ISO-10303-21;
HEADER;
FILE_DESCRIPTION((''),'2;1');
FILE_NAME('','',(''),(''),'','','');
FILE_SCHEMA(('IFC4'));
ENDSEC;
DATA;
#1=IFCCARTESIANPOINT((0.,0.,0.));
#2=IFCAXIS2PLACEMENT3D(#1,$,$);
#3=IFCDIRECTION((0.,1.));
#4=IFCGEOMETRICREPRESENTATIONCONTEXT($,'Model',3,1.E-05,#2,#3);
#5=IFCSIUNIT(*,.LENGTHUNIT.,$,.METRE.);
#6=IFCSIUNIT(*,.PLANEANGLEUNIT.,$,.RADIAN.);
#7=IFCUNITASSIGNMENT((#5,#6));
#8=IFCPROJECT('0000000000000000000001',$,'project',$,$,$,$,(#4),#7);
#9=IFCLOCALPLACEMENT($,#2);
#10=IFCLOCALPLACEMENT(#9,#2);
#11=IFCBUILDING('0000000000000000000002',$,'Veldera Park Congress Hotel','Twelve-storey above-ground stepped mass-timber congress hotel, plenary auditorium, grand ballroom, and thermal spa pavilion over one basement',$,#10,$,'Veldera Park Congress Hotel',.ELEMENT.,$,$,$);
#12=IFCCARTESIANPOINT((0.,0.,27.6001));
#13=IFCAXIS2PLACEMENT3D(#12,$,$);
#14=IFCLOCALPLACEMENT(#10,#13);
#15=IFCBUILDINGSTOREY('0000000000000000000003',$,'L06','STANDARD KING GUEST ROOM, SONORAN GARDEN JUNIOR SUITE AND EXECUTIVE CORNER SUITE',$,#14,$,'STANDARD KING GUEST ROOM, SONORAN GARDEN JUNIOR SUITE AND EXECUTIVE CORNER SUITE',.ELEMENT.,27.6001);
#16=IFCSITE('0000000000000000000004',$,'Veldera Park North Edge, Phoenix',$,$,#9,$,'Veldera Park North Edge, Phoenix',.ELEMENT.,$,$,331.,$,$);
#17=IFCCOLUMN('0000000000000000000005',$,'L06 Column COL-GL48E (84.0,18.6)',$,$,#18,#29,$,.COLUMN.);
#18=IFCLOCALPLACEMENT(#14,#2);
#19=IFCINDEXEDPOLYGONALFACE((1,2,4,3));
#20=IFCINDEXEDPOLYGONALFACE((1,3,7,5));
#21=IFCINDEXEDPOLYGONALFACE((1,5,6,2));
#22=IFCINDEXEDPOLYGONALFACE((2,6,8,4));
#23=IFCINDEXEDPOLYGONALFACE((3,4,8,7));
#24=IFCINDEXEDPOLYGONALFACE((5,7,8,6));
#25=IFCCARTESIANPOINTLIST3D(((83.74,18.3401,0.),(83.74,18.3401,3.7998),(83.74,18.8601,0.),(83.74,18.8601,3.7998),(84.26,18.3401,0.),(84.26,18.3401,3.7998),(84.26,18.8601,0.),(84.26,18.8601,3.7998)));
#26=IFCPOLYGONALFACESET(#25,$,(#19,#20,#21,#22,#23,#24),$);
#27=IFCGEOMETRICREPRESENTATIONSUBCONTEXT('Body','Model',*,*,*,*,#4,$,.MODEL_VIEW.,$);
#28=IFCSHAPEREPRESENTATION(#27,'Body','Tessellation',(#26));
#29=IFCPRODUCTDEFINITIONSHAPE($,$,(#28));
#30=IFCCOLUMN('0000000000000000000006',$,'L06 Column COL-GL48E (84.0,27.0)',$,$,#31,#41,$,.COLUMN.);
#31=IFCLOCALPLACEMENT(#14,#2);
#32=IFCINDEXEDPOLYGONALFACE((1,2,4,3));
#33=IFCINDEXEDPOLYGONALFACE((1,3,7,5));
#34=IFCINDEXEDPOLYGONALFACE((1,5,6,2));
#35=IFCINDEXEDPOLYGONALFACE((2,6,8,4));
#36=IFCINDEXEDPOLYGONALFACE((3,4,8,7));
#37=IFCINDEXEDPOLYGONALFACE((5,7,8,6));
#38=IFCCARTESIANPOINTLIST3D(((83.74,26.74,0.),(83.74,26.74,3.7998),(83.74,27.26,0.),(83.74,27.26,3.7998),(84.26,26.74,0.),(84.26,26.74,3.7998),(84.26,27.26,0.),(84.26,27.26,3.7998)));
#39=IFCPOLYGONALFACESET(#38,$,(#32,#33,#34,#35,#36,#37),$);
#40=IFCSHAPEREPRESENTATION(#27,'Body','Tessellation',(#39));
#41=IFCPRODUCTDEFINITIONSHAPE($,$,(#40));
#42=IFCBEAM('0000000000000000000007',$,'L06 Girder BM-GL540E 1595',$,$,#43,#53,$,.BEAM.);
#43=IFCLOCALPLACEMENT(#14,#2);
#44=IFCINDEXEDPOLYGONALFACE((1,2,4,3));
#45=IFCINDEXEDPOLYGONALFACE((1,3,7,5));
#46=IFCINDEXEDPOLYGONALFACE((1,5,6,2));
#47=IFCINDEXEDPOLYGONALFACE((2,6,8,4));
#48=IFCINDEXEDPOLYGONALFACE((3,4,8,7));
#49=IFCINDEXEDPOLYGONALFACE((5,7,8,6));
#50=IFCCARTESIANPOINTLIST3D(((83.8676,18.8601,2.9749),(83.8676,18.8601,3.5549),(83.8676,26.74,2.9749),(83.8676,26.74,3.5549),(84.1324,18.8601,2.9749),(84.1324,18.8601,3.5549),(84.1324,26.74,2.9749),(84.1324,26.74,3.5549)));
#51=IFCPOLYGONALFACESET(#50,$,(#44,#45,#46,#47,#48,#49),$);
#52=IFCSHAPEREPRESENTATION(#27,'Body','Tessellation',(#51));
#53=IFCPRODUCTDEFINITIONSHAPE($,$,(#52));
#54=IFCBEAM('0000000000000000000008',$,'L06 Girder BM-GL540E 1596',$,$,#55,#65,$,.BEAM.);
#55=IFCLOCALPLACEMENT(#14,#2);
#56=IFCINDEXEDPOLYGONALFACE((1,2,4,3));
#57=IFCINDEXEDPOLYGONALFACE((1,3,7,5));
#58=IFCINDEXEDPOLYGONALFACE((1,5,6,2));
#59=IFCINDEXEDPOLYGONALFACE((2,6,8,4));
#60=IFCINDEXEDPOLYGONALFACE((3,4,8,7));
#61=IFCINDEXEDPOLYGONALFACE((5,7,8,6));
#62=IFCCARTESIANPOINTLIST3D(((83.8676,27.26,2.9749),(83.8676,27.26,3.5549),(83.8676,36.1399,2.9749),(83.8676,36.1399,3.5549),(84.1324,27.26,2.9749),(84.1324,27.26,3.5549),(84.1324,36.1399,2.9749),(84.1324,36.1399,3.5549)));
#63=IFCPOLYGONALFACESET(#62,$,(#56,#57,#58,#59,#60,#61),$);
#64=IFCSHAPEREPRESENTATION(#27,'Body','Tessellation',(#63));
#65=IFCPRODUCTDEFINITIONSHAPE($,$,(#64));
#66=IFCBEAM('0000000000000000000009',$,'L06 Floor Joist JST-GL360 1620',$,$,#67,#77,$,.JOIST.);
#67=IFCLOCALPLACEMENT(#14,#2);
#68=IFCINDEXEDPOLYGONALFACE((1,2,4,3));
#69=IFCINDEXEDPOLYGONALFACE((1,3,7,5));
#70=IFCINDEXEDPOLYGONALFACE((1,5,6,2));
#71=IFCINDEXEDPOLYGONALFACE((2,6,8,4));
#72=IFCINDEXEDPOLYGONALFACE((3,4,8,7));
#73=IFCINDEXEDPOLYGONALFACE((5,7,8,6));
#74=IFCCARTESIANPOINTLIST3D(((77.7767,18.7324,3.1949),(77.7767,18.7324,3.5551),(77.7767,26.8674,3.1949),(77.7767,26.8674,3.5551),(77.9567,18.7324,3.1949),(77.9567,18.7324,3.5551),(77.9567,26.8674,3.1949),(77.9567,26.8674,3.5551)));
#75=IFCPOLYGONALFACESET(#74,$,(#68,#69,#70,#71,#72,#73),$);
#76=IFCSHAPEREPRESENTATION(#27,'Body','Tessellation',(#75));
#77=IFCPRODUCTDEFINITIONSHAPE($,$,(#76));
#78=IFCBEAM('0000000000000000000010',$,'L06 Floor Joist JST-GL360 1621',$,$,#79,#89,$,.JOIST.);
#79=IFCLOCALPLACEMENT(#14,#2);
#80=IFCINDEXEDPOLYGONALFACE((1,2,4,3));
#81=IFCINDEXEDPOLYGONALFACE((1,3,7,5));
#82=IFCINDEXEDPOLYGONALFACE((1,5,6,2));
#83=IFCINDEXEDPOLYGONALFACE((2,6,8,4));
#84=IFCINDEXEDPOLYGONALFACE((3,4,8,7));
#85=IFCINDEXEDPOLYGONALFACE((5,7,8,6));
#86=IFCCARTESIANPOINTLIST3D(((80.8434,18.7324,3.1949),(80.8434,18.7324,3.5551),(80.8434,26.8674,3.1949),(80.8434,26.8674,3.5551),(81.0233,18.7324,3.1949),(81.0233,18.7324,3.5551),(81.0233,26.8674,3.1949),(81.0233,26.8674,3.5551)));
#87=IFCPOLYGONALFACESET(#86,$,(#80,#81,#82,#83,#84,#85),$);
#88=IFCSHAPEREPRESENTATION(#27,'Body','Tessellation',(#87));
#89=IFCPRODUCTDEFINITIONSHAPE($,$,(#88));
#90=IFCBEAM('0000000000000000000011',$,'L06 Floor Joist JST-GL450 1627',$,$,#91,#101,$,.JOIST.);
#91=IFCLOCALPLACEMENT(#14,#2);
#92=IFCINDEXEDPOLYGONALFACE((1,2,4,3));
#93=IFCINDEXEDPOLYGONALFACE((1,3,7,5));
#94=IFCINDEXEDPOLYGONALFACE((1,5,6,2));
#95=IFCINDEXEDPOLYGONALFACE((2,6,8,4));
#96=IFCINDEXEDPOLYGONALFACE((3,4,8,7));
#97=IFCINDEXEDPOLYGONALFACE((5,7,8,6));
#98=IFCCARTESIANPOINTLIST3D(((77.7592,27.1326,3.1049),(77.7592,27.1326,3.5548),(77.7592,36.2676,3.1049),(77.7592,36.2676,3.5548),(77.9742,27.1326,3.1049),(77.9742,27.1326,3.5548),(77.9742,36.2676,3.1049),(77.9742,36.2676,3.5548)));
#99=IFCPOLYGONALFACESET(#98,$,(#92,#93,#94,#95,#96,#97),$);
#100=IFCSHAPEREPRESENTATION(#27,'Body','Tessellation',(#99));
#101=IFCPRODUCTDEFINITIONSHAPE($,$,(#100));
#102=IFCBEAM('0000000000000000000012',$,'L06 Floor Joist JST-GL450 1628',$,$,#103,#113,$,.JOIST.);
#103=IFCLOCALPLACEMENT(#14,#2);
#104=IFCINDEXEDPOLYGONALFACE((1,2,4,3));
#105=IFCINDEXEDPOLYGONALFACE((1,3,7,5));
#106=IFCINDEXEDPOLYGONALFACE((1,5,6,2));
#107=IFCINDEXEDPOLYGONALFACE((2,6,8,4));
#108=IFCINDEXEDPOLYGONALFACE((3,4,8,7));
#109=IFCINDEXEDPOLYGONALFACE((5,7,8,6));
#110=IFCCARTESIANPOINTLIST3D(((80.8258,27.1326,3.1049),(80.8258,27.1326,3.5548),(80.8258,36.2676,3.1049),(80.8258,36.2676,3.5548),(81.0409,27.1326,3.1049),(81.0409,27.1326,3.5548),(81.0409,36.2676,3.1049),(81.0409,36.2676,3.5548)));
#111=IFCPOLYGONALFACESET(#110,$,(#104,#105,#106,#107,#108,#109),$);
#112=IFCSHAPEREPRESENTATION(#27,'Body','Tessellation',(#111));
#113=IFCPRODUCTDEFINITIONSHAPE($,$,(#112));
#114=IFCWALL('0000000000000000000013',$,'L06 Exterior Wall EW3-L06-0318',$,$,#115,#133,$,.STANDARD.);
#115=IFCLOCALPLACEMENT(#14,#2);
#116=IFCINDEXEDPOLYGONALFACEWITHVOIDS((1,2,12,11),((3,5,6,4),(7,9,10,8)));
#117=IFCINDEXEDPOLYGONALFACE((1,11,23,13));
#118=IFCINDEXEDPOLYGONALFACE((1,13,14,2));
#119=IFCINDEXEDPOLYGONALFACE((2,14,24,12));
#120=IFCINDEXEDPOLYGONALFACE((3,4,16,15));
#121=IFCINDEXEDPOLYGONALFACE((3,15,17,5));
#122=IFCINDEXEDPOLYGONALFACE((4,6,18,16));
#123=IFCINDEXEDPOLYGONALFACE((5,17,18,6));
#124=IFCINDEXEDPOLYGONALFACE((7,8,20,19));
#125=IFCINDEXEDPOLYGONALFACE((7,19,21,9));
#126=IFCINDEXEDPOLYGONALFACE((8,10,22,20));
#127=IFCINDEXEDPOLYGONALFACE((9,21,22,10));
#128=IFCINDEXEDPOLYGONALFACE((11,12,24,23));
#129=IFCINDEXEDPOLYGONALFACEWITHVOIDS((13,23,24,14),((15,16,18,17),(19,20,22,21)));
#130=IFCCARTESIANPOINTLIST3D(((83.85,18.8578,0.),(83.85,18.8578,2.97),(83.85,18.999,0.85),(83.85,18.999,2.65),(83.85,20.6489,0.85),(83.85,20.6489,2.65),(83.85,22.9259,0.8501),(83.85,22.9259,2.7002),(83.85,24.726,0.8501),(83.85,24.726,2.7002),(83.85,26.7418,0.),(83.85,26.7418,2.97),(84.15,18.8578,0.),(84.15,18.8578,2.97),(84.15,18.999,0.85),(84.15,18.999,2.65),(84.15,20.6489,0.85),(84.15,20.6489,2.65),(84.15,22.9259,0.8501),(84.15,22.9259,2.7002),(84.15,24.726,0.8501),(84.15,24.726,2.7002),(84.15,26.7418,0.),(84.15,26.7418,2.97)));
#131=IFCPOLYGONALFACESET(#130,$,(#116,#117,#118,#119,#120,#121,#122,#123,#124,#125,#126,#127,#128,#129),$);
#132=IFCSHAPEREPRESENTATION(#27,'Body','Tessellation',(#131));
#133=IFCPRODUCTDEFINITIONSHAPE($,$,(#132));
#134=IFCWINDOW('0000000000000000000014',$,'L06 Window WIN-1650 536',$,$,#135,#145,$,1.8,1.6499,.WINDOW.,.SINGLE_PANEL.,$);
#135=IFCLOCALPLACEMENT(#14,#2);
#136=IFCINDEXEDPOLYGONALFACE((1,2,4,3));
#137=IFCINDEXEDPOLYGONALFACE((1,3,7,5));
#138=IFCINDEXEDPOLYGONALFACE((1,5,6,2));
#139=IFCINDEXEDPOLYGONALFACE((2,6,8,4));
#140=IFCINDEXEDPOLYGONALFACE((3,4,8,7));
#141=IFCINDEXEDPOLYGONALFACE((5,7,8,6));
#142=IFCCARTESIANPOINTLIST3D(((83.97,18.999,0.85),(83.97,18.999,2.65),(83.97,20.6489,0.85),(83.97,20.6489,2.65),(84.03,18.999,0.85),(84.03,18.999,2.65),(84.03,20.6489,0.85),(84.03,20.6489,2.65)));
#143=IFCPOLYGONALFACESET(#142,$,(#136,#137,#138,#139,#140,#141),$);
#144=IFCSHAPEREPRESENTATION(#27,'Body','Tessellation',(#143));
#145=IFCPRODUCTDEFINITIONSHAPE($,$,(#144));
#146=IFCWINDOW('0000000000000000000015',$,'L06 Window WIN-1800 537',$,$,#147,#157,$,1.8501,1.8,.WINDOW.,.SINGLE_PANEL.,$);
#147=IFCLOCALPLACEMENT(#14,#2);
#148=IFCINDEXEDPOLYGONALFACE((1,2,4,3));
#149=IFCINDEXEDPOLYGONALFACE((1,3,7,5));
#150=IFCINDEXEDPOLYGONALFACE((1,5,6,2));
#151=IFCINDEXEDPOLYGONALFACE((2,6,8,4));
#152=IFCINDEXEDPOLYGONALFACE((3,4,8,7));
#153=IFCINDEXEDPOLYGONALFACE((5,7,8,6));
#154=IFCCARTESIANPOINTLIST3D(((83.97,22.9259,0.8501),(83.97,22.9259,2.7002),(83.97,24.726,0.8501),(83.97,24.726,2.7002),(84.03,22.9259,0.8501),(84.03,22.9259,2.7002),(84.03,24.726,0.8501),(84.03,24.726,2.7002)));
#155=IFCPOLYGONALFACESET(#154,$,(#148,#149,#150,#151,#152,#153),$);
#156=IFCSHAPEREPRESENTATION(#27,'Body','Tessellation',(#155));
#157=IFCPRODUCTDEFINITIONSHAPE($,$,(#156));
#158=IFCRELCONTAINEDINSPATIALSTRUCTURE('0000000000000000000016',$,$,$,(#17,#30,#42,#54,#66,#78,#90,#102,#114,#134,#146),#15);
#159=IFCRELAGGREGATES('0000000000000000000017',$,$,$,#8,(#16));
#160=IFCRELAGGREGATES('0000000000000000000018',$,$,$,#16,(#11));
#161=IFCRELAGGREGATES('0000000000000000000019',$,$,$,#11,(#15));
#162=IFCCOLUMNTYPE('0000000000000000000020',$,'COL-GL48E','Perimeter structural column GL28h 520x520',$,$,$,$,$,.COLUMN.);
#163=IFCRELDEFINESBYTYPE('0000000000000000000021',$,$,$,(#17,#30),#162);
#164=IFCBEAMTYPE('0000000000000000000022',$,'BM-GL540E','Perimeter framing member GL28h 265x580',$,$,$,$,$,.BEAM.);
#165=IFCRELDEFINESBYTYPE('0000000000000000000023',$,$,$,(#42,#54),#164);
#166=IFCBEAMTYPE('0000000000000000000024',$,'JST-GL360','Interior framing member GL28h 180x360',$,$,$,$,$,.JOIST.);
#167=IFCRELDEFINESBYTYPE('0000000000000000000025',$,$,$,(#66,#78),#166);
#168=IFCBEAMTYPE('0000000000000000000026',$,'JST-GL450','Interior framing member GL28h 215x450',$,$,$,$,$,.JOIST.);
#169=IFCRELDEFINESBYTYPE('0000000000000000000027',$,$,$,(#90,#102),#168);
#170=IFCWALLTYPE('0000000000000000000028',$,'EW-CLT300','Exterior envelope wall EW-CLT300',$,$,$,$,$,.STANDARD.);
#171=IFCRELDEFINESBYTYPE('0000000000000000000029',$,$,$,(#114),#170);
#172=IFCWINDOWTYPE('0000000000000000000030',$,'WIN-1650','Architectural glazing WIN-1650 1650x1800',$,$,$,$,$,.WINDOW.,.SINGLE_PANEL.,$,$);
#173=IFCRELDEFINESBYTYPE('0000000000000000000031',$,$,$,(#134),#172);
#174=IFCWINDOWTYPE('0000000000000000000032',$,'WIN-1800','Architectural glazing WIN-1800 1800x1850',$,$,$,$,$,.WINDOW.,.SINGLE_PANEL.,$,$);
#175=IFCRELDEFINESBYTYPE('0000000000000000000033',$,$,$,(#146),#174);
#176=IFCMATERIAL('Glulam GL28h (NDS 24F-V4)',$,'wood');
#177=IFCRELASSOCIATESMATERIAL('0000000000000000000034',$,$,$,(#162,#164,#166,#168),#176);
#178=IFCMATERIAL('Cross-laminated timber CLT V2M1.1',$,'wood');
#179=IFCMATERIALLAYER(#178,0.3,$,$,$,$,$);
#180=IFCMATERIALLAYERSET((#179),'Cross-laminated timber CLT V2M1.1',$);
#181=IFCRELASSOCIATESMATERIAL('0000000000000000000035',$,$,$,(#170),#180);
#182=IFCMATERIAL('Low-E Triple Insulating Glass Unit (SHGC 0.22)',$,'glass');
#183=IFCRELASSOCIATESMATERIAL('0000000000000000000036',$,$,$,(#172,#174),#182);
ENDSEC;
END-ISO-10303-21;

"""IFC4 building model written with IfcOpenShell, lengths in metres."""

from ifc_helpers import new_model, si_unit, direction, frame, frame_2d, origin, origin_2d, place, context, subcontext, project, spatial, rectangle, extrude, material, layer, layer_set, material_profile, profile_set, type_object, element, fill, save


model = new_model("IFC4")

# Units and contexts
model_context = context("Model", 3, precision=1e-05, world=origin(), true_north=direction((0.0, 1.0)))
body_context = subcontext(model_context, "Body", "Model", "MODEL_VIEW")
ifc_project = project(units=[si_unit("LENGTHUNIT", "METRE"), si_unit("PLANEANGLEUNIT", "RADIAN")], contexts=[model_context])

# Site, building, storey
site_placement = place(None, origin())
site = spatial("IfcSite", under=ifc_project, at=site_placement, Name="Veldera Park North Edge, Phoenix", LongName="Veldera Park North Edge, Phoenix", CompositionType="ELEMENT", RefElevation=331.0)
building_placement = place(site_placement, origin())
building = spatial("IfcBuilding", under=site, at=building_placement, Name="Veldera Park Congress Hotel", Description="Twelve-storey above-ground stepped mass-timber congress hotel, plenary auditorium, grand ballroom, and thermal spa pavilion over one basement", LongName="Veldera Park Congress Hotel", CompositionType="ELEMENT")
storey_placement = place(building_placement, frame((0.0, 0.0, 27.6001)))
storey = spatial("IfcBuildingStorey", under=building, at=storey_placement, Name="L06", Description="STANDARD KING GUEST ROOM, SONORAN GARDEN JUNIOR SUITE AND EXECUTIVE CORNER SUITE", LongName="STANDARD KING GUEST ROOM, SONORAN GARDEN JUNIOR SUITE AND EXECUTIVE CORNER SUITE", CompositionType="ELEMENT", Elevation=27.6001)

# Columns
ifc_material_1 = material(Name="Glulam GL28h (NDS 24F-V4)", Category="wood")
ifc_material_profile_1 = material_profile(ifc_material_1, rectangle(XDim=0.52, YDim=0.52, at=origin_2d()), Name="GL28h 520x520")
ifc_profile_set_1 = profile_set([ifc_material_profile_1], Name="Glulam GL28h (NDS 24F-V4)")
column_type = type_object("IfcColumnType", Name="COL-GL48E", Description="Perimeter structural column GL28h 520x520", PredefinedType="COLUMN", material=ifc_profile_set_1)
for number, where, z_axis, x_axis, name in (
    (1, (84.0, 18.6001, 0.0), (0.0, 0.0, 1.0), (1.0, 0.0, 0.0), "L06 Column COL-GL48E (84.0,18.6)"),
    (2, (84.0, 27.0, 0.0), (0.0, 0.0, 1.0), (1.0, 0.0, 0.0), "L06 Column COL-GL48E (84.0,27.0)"),
):
    element("IfcColumn", number, at=place(storey_placement, frame(where, z_axis=z_axis, x_axis=x_axis)), inside=storey, type_object=column_type, Name=name, PredefinedType="COLUMN", context=body_context, shape_type="SweptSolid", body=[
        extrude(rectangle(XDim=0.52, YDim=0.52, at=origin_2d()), origin(), (0.0, 0.0, 1.0), 3.7998),
    ])

# Beams
ifc_material_profile_2 = material_profile(ifc_material_1, rectangle(XDim=0.2649, YDim=0.5801, at=origin_2d()), Name="GL28h 265x580")
ifc_profile_set_2 = profile_set([ifc_material_profile_2], Name="Glulam GL28h (NDS 24F-V4)")
beam_type_1 = type_object("IfcBeamType", Name="BM-GL540E", Description="Perimeter framing member GL28h 265x580", PredefinedType="BEAM", material=ifc_profile_set_2)
beam_1_placement = place(storey_placement, frame((84.0, 18.8601, 3.2649), z_axis=(0.0, 1.0, 0.0), x_axis=(-1.0, 0.0, 0.0)))
element("IfcBeam", 3, at=beam_1_placement, inside=storey, type_object=beam_type_1, Name="L06 Girder BM-GL540E 1595", PredefinedType="BEAM", context=body_context, shape_type="SweptSolid", body=[
    extrude(rectangle(XDim=0.2649, YDim=0.5801, at=origin_2d()), origin(), (0.0, 0.0, 1.0), 7.8799),
])
beam_2_placement = place(storey_placement, frame((84.0, 27.26, 3.2649), z_axis=(0.0, 1.0, 0.0), x_axis=(-1.0, 0.0, 0.0)))
element("IfcBeam", 4, at=beam_2_placement, inside=storey, type_object=beam_type_1, Name="L06 Girder BM-GL540E 1596", PredefinedType="BEAM", context=body_context, shape_type="SweptSolid", body=[
    extrude(rectangle(XDim=0.2649, YDim=0.5801, at=origin_2d()), origin(), (0.0, 0.0, 1.0), 8.8799),
])
ifc_material_profile_3 = material_profile(ifc_material_1, rectangle(XDim=0.1799, YDim=0.3601, at=origin_2d()), Name="GL28h 180x360")
ifc_profile_set_3 = profile_set([ifc_material_profile_3], Name="Glulam GL28h (NDS 24F-V4)")
beam_type_2 = type_object("IfcBeamType", Name="JST-GL360", Description="Interior framing member GL28h 180x360", PredefinedType="JOIST", material=ifc_profile_set_3)
for number, where, z_axis, x_axis, name in (
    (5, (77.8667, 18.7324, 3.375), (0.0, 1.0, 0.0), (-1.0, 0.0, 0.0), "L06 Floor Joist JST-GL360 1620"),
    (6, (80.9333, 18.7324, 3.375), (0.0, 1.0, 0.0), (-1.0, 0.0, 0.0), "L06 Floor Joist JST-GL360 1621"),
):
    element("IfcBeam", number, at=place(storey_placement, frame(where, z_axis=z_axis, x_axis=x_axis)), inside=storey, type_object=beam_type_2, Name=name, PredefinedType="JOIST", context=body_context, shape_type="SweptSolid", body=[
        extrude(rectangle(XDim=0.1799, YDim=0.3601, at=origin_2d()), origin(), (0.0, 0.0, 1.0), 8.135),
    ])
ifc_material_profile_4 = material_profile(ifc_material_1, rectangle(XDim=0.2151, YDim=0.45, at=origin_2d()), Name="GL28h 215x450")
ifc_profile_set_4 = profile_set([ifc_material_profile_4], Name="Glulam GL28h (NDS 24F-V4)")
beam_type_3 = type_object("IfcBeamType", Name="JST-GL450", Description="Interior framing member GL28h 215x450", PredefinedType="JOIST", material=ifc_profile_set_4)
for number, where, z_axis, x_axis, name in (
    (7, (77.8667, 27.1326, 3.3298), (0.0, 1.0, 0.0), (-1.0, 0.0, 0.0), "L06 Floor Joist JST-GL450 1627"),
    (8, (80.9333, 27.1326, 3.3298), (0.0, 1.0, 0.0), (-1.0, 0.0, 0.0), "L06 Floor Joist JST-GL450 1628"),
):
    element("IfcBeam", number, at=place(storey_placement, frame(where, z_axis=z_axis, x_axis=x_axis)), inside=storey, type_object=beam_type_3, Name=name, PredefinedType="JOIST", context=body_context, shape_type="SweptSolid", body=[
        extrude(rectangle(XDim=0.2151, YDim=0.45, at=origin_2d()), origin(), (0.0, 0.0, 1.0), 9.135),
    ])

# Wall, openings, windows
ifc_material_2 = material(Name="Cross-laminated timber CLT V2M1.1", Category="wood")
ifc_layer_1 = layer(ifc_material_2, 0.3)
ifc_layer_set_1 = layer_set([ifc_layer_1], Name="Cross-laminated timber CLT V2M1.1")
wall_type_1 = type_object("IfcWallType", Name="EW-CLT300", Description="Exterior envelope wall EW-CLT300", PredefinedType="STANDARD", material=ifc_layer_set_1)
wall_1_placement = place(storey_placement, frame((84.0, 18.8579, 0.0), z_axis=(0.0, 0.0, 1.0), x_axis=(0.0, 1.0, 0.0)))
wall_1 = element("IfcWall", 9, at=wall_1_placement, inside=storey, type_object=wall_type_1, Name="L06 Exterior Wall EW3-L06-0318", PredefinedType="STANDARD", context=body_context, shape_type="SweptSolid", body=[
    extrude(rectangle(XDim=7.884, YDim=0.3, at=frame_2d((3.9419, 0.0))), origin(), (0.0, 0.0, 1.0), 2.97),
])
opening_1_placement = place(wall_1_placement, frame((0.1411, 0.0, 0.8501)))
opening_1 = element("IfcOpeningElement", 10, at=opening_1_placement, cuts=wall_1, PredefinedType="OPENING", context=body_context, shape_type="SweptSolid", body=[
    extrude(rectangle(XDim=1.6499, YDim=1.8, at=frame_2d((0.825, 0.8999))), frame((0.0, 0.1621, 0.0), z_axis=(0.0, -1.0, 0.0), x_axis=(1.0, 0.0, 0.0)), (0.0, 0.0, 1.0), 0.324),
])
opening_2_placement = place(wall_1_placement, frame((4.0681, 0.0, 0.8501)))
opening_2 = element("IfcOpeningElement", 11, at=opening_2_placement, cuts=wall_1, PredefinedType="OPENING", context=body_context, shape_type="SweptSolid", body=[
    extrude(rectangle(XDim=1.8, YDim=1.8501, at=frame_2d((0.8999, 0.925))), frame((0.0, 0.1621, 0.0), z_axis=(0.0, -1.0, 0.0), x_axis=(1.0, 0.0, 0.0)), (0.0, 0.0, 1.0), 0.324),
])
ifc_material_3 = material(Name="Low-E Triple Insulating Glass Unit (SHGC 0.22)", Category="glass")
window_type_1 = type_object("IfcWindowType", Name="WIN-1650", Description="Architectural glazing WIN-1650 1650x1800", PartitioningType="SINGLE_PANEL", PredefinedType="WINDOW", material=ifc_material_3)
window_1_placement = place(opening_1_placement, origin())
window_1 = element("IfcWindow", 12, at=window_1_placement, inside=storey, type_object=window_type_1, Name="L06 Window WIN-1650 536", OverallHeight=1.8, OverallWidth=1.6499, PartitioningType="SINGLE_PANEL", PredefinedType="WINDOW", context=body_context, shape_type="SweptSolid", body=[
    extrude(rectangle(XDim=1.6499, YDim=1.8, at=frame_2d((0.825, 0.8999))), frame((0.0, 0.03, 0.0), z_axis=(0.0, -1.0, 0.0), x_axis=(1.0, 0.0, 0.0)), (0.0, 0.0, 1.0), 0.0601),
])
fill(opening_1, window_1)
window_type_2 = type_object("IfcWindowType", Name="WIN-1800", Description="Architectural glazing WIN-1800 1800x1850", PartitioningType="SINGLE_PANEL", PredefinedType="WINDOW", material=ifc_material_3)
window_2_placement = place(opening_2_placement, origin())
window_2 = element("IfcWindow", 13, at=window_2_placement, inside=storey, type_object=window_type_2, Name="L06 Window WIN-1800 537", OverallHeight=1.8501, OverallWidth=1.8, PartitioningType="SINGLE_PANEL", PredefinedType="WINDOW", context=body_context, shape_type="SweptSolid", body=[
    extrude(rectangle(XDim=1.8, YDim=1.8501, at=frame_2d((0.8999, 0.925))), frame((0.0, 0.03, 0.0), z_axis=(0.0, -1.0, 0.0), x_axis=(1.0, 0.0, 0.0)), (0.0, 0.0, 1.0), 0.0601),
])
fill(opening_2, window_2)

save(model, "model.ifc")
